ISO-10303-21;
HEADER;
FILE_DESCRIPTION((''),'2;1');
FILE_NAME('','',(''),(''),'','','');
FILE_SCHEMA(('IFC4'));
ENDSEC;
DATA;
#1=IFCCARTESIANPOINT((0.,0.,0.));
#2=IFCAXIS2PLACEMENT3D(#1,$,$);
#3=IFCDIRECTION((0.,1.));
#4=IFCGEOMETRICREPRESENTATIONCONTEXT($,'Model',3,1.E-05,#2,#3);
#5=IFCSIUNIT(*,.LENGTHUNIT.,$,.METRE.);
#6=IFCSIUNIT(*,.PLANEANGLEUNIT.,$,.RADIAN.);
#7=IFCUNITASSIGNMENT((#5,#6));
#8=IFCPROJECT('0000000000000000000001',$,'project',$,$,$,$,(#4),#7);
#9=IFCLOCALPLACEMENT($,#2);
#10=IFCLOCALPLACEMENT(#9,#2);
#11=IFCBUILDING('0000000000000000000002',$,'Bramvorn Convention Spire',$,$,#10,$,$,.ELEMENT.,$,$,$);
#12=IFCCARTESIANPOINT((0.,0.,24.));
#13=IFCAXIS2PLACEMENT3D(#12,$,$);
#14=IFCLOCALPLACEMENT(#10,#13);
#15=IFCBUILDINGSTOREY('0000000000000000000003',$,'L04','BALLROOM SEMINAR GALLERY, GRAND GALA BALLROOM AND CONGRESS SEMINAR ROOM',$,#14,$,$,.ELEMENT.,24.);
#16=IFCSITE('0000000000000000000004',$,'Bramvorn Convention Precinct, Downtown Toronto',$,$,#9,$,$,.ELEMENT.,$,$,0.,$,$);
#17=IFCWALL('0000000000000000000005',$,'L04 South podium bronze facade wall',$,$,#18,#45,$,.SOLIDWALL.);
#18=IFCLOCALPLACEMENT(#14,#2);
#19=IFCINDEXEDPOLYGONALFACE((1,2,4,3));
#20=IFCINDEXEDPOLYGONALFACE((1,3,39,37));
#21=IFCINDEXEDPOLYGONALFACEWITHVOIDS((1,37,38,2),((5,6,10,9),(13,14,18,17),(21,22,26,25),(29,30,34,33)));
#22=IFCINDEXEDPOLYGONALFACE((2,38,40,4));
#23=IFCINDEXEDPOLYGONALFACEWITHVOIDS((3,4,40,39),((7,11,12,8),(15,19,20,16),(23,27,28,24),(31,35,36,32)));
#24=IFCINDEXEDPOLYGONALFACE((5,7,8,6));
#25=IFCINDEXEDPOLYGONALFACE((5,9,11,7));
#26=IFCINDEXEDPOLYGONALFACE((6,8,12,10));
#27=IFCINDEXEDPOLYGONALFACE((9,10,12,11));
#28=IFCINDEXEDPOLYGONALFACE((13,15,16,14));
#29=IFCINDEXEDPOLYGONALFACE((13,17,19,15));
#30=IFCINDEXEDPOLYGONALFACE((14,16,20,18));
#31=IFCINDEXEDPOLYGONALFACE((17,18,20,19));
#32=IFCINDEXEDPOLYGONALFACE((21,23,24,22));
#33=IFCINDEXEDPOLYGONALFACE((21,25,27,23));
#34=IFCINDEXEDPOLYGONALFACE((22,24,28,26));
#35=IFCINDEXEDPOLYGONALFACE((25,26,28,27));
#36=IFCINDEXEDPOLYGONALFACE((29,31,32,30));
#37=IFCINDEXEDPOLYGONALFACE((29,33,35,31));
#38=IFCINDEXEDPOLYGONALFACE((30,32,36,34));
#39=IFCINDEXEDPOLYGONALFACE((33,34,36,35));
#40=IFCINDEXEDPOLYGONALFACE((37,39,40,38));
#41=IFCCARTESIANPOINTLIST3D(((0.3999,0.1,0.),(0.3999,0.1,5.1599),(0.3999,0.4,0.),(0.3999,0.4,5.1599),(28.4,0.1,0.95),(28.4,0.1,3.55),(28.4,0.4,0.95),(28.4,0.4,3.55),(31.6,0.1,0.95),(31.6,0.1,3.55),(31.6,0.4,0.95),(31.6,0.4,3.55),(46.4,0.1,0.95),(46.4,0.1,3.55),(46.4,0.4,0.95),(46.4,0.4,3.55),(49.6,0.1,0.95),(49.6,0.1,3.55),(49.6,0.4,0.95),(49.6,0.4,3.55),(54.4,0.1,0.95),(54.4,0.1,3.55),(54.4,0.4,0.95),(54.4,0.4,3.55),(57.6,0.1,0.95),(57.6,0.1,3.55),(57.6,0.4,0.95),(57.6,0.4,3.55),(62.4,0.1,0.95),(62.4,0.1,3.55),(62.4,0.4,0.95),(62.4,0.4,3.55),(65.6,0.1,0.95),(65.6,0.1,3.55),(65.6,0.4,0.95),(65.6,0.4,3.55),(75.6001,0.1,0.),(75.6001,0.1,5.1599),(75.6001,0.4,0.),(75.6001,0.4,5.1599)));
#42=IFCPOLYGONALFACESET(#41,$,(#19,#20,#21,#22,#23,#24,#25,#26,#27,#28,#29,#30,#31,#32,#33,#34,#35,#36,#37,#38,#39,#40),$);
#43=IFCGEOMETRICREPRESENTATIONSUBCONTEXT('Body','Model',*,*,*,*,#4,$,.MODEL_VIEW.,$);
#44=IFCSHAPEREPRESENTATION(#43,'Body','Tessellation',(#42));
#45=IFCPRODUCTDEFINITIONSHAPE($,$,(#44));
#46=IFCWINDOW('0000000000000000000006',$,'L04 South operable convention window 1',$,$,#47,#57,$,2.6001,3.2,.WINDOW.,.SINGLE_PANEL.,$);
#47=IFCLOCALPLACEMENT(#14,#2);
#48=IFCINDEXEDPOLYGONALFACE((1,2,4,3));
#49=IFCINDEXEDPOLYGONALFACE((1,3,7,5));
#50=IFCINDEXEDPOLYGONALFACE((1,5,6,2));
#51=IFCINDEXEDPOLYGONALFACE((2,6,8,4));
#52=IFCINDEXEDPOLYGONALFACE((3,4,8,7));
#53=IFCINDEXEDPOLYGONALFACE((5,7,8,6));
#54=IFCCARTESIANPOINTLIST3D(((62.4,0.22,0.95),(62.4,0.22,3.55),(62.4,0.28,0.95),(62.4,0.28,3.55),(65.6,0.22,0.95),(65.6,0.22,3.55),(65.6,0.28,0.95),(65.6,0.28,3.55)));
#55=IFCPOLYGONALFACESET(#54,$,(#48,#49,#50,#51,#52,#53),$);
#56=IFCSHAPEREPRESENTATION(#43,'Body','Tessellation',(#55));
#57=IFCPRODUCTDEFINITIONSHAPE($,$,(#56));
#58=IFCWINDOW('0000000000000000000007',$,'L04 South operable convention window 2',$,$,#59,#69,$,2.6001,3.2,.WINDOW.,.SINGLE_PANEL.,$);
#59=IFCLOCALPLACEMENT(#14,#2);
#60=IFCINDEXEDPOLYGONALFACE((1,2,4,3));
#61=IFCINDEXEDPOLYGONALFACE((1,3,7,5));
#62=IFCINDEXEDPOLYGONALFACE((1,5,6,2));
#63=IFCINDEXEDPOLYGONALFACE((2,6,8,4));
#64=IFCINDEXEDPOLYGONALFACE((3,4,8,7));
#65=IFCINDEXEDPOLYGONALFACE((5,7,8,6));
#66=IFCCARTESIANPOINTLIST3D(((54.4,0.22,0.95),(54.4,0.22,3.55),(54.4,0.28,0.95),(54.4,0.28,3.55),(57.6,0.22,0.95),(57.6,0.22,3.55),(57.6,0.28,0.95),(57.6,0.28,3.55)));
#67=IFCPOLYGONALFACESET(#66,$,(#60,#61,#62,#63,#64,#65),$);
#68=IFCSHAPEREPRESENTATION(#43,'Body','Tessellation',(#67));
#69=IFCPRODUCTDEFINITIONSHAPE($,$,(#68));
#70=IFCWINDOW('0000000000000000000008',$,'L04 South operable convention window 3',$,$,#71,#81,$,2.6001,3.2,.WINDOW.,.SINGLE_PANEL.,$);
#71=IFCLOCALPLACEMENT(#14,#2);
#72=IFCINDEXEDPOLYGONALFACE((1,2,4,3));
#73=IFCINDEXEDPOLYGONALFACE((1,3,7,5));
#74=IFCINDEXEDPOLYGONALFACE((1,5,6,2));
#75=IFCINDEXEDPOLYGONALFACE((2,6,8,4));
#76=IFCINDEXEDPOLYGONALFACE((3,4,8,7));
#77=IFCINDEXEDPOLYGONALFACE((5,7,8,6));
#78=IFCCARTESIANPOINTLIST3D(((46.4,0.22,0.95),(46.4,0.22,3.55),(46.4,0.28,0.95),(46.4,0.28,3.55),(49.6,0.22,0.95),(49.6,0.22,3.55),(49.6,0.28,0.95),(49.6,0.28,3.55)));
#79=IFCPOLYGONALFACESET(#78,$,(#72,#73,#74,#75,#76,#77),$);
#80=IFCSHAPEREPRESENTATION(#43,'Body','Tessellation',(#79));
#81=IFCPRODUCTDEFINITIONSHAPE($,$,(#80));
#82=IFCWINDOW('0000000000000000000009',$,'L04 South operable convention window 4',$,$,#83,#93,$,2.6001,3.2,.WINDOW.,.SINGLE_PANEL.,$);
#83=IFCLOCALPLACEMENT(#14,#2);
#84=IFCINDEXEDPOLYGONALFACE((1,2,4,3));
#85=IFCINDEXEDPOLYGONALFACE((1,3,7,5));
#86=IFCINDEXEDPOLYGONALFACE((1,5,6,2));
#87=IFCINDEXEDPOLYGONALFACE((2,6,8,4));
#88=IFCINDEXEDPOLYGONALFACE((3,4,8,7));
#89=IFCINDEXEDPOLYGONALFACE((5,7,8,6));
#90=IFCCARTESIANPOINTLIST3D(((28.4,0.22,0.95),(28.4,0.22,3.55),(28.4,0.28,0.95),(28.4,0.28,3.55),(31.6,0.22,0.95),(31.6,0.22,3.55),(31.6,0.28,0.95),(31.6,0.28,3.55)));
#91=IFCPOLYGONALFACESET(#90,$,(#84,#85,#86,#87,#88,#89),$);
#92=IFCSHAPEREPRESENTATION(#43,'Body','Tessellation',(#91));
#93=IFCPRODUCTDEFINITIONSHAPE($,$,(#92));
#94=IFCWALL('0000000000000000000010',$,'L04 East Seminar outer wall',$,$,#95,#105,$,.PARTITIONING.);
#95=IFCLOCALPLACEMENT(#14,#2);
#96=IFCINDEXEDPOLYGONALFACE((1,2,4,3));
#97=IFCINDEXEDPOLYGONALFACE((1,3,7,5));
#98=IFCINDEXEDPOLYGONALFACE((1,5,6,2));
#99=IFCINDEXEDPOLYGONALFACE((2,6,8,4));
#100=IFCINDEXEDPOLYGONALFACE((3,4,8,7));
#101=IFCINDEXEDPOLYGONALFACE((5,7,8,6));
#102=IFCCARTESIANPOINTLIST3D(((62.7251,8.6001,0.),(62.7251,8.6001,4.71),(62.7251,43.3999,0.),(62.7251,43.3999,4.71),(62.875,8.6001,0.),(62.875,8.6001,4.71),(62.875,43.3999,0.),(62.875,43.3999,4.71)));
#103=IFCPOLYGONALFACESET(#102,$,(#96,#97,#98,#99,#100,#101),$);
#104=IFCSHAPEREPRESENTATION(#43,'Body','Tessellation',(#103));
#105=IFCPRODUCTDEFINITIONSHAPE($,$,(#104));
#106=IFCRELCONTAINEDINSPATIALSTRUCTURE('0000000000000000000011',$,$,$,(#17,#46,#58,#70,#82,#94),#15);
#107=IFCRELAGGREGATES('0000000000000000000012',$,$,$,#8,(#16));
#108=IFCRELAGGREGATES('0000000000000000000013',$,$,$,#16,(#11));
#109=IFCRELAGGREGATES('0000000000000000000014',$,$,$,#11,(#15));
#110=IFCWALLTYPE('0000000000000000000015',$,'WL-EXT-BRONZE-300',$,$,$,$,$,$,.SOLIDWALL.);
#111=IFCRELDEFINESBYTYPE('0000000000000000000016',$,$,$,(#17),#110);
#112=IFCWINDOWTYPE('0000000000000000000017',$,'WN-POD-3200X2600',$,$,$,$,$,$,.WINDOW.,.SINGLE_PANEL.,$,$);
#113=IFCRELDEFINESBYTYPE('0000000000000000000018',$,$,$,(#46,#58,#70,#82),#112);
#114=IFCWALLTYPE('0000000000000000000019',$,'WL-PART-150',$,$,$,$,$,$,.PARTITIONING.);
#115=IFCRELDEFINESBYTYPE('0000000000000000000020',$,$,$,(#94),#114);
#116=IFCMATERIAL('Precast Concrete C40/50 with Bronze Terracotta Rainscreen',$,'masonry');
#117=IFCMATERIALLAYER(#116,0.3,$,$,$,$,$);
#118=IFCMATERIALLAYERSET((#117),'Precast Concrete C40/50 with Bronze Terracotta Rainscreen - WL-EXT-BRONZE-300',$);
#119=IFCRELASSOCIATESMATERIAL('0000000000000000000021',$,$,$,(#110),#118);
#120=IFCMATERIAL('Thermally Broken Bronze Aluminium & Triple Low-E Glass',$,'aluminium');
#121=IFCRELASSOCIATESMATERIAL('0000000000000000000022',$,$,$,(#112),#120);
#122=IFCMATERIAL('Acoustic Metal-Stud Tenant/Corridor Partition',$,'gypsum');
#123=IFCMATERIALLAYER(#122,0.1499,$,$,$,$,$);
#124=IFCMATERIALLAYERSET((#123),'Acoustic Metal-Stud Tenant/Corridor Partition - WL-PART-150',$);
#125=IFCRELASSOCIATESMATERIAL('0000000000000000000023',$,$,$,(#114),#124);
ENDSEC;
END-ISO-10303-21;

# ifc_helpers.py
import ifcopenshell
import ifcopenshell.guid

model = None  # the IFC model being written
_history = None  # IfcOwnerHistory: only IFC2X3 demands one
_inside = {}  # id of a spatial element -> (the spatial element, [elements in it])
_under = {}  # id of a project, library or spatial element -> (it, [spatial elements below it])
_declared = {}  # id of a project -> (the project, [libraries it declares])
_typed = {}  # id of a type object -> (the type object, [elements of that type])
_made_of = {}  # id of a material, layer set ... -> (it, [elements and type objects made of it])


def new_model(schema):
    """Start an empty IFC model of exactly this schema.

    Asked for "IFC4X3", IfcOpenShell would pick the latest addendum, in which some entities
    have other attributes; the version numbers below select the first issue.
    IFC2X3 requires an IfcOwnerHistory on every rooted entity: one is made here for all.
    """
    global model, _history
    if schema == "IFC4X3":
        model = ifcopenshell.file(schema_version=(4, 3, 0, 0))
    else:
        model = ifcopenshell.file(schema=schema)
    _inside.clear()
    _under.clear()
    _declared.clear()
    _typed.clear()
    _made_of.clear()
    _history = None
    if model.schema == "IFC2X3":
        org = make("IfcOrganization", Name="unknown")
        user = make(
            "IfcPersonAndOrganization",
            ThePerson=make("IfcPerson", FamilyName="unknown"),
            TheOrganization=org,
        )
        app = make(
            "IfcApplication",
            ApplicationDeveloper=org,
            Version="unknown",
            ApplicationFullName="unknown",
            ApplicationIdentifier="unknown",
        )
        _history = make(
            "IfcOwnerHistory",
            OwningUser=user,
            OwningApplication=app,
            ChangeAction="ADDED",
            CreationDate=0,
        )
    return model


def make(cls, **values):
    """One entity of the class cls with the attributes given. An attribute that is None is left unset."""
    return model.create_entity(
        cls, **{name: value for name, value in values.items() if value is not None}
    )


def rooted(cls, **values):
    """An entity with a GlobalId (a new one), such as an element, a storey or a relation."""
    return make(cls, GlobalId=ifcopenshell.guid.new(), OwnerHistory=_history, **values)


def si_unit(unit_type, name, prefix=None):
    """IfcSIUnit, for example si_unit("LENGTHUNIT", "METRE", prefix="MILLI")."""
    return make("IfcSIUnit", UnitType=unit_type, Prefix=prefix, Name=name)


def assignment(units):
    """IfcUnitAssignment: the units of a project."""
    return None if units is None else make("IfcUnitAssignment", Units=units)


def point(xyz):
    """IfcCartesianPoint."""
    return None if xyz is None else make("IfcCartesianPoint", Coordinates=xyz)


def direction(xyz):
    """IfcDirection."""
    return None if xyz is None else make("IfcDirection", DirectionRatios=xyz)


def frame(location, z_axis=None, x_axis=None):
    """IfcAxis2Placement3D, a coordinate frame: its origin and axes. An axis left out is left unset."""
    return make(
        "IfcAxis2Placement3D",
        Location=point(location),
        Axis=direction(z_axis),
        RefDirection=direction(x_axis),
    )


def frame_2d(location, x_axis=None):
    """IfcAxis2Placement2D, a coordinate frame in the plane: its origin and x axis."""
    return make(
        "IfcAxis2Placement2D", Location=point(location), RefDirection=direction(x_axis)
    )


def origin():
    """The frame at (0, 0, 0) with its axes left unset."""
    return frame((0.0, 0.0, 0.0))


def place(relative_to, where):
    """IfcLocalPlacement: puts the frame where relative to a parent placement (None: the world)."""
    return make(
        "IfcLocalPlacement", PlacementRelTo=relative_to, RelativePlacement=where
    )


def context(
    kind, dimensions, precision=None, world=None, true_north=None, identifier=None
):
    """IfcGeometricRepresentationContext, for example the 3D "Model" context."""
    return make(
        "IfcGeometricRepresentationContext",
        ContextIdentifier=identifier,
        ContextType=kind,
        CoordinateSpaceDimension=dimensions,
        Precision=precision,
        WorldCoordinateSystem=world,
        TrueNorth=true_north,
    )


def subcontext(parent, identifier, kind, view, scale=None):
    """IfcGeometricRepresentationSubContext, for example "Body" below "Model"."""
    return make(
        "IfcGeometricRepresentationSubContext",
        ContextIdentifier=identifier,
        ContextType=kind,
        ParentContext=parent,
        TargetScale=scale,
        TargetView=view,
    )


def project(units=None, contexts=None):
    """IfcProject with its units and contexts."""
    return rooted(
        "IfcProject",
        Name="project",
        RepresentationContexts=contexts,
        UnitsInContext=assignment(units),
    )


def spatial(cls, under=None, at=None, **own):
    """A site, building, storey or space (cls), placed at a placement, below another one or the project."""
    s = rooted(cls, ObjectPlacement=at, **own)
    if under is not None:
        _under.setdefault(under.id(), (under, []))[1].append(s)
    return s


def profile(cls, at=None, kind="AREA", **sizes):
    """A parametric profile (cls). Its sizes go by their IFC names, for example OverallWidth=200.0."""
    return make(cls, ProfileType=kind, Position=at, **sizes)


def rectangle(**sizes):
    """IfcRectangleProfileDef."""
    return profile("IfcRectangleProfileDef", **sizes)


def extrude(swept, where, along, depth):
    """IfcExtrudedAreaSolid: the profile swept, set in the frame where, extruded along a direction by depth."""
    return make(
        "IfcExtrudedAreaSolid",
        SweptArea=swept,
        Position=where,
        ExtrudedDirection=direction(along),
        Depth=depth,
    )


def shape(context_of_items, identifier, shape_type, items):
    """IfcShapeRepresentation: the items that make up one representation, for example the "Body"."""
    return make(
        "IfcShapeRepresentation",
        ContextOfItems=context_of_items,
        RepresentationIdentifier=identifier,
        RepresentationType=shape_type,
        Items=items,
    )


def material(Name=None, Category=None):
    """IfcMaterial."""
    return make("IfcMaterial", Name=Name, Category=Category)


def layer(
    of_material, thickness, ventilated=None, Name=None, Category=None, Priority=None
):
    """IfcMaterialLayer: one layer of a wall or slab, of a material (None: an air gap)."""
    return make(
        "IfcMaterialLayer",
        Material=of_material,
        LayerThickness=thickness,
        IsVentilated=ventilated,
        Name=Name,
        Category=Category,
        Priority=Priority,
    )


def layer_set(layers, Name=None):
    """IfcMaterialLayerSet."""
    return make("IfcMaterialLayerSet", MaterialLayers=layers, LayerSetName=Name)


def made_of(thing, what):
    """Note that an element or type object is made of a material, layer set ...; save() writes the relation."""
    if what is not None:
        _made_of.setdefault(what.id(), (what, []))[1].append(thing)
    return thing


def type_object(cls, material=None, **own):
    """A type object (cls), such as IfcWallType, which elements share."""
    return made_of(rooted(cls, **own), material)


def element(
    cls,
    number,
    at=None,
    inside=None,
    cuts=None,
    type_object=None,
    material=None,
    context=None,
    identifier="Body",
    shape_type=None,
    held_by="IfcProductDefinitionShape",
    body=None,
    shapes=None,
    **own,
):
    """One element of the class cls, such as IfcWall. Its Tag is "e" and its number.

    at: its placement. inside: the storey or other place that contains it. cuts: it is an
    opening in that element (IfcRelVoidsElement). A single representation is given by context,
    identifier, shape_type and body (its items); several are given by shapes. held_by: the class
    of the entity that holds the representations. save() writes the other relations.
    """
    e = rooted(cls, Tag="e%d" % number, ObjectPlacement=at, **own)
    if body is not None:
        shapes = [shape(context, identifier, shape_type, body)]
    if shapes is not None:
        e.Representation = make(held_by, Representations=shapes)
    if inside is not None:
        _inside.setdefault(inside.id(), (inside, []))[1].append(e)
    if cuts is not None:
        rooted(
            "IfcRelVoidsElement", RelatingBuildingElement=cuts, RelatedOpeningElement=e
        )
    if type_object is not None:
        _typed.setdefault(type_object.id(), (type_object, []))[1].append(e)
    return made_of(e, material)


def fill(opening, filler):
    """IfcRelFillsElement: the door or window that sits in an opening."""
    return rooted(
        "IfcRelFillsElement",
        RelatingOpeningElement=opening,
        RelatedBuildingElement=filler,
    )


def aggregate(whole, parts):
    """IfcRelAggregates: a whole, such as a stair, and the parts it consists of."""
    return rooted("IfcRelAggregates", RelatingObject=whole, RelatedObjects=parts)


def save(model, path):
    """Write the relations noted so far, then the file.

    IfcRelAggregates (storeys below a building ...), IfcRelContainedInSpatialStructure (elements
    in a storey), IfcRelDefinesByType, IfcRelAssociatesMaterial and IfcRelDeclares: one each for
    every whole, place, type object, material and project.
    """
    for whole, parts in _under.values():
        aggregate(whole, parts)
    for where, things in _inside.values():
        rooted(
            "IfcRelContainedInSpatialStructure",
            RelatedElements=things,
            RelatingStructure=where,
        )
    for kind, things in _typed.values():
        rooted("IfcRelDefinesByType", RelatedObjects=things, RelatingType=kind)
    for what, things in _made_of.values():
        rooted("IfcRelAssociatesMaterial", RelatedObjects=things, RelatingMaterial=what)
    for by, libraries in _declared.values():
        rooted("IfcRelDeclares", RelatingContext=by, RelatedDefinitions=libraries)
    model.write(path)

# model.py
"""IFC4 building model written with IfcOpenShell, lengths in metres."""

from ifc_helpers import new_model, si_unit, direction, frame, frame_2d, origin, place, context, subcontext, project, spatial, rectangle, extrude, material, layer, layer_set, type_object, element, fill, save


model = new_model("IFC4")

# Units and contexts
model_context = context("Model", 3, precision=1e-05, world=origin(), true_north=direction((0.0, 1.0)))
body_context = subcontext(model_context, "Body", "Model", "MODEL_VIEW")
ifc_project = project(units=[si_unit("LENGTHUNIT", "METRE"), si_unit("PLANEANGLEUNIT", "RADIAN")], contexts=[model_context])

# Site, building, storey
site_placement = place(None, origin())
site = spatial("IfcSite", under=ifc_project, at=site_placement, Name="Bramvorn Convention Precinct, Downtown Toronto", CompositionType="ELEMENT", RefElevation=0.0)
building_placement = place(site_placement, origin())
building = spatial("IfcBuilding", under=site, at=building_placement, Name="Bramvorn Convention Spire", CompositionType="ELEMENT")
storey_placement = place(building_placement, frame((0.0, 0.0, 24.0)))
storey = spatial("IfcBuildingStorey", under=building, at=storey_placement, Name="L04", Description="BALLROOM SEMINAR GALLERY, GRAND GALA BALLROOM AND CONGRESS SEMINAR ROOM", CompositionType="ELEMENT", Elevation=24.0)

# Wall, openings, windows
ifc_material_1 = material(Name="Precast Concrete C40/50 with Bronze Terracotta Rainscreen", Category="masonry")
ifc_layer_1 = layer(ifc_material_1, 0.3)
ifc_layer_set_1 = layer_set([ifc_layer_1], Name="Precast Concrete C40/50 with Bronze Terracotta Rainscreen - WL-EXT-BRONZE-300")
wall_type_1 = type_object("IfcWallType", Name="WL-EXT-BRONZE-300", PredefinedType="SOLIDWALL", material=ifc_layer_set_1)
wall_1_placement = place(storey_placement, frame((75.6001, 0.25, 0.0), z_axis=(0.0, 0.0, 1.0), x_axis=(-1.0, 0.0, 0.0)))
wall_1 = element("IfcWall", 1, at=wall_1_placement, inside=storey, type_object=wall_type_1, Name="L04 South podium bronze facade wall", PredefinedType="SOLIDWALL", context=body_context, shape_type="SweptSolid", body=[
    extrude(rectangle(XDim=75.2002, YDim=0.3, at=frame_2d((37.6001, 0.0))), origin(), (0.0, 0.0, 1.0), 5.1599),
])
opening_1_placement = place(wall_1_placement, frame((10.0, 0.0, 0.95)))
opening_1 = element("IfcOpeningElement", 2, at=opening_1_placement, cuts=wall_1, PredefinedType="OPENING", context=body_context, shape_type="SweptSolid", body=[
    extrude(rectangle(XDim=3.2, YDim=2.6001, at=frame_2d((1.6001, 1.3))), frame((0.0, 0.1599, 0.0), z_axis=(0.0, -1.0, 0.0), x_axis=(1.0, 0.0, 0.0)), (0.0, 0.0, 1.0), 0.3201),
])
opening_2_placement = place(wall_1_placement, frame((18.0, 0.0, 0.95)))
opening_2 = element("IfcOpeningElement", 3, at=opening_2_placement, cuts=wall_1, PredefinedType="OPENING", context=body_context, shape_type="SweptSolid", body=[
    extrude(rectangle(XDim=3.2, YDim=2.6001, at=frame_2d((1.6001, 1.3))), frame((0.0, 0.1599, 0.0), z_axis=(0.0, -1.0, 0.0), x_axis=(1.0, 0.0, 0.0)), (0.0, 0.0, 1.0), 0.3201),
])
opening_3_placement = place(wall_1_placement, frame((26.0, 0.0, 0.95)))
opening_3 = element("IfcOpeningElement", 4, at=opening_3_placement, cuts=wall_1, PredefinedType="OPENING", context=body_context, shape_type="SweptSolid", body=[
    extrude(rectangle(XDim=3.2, YDim=2.6001, at=frame_2d((1.6001, 1.3))), frame((0.0, 0.1599, 0.0), z_axis=(0.0, -1.0, 0.0), x_axis=(1.0, 0.0, 0.0)), (0.0, 0.0, 1.0), 0.3201),
])
opening_4_placement = place(wall_1_placement, frame((44.0, 0.0, 0.95)))
opening_4 = element("IfcOpeningElement", 5, at=opening_4_placement, cuts=wall_1, PredefinedType="OPENING", context=body_context, shape_type="SweptSolid", body=[
    extrude(rectangle(XDim=3.2, YDim=2.6001, at=frame_2d((1.6001, 1.3))), frame((0.0, 0.1599, 0.0), z_axis=(0.0, -1.0, 0.0), x_axis=(1.0, 0.0, 0.0)), (0.0, 0.0, 1.0), 0.3201),
])
ifc_material_2 = material(Name="Thermally Broken Bronze Aluminium & Triple Low-E Glass", Category="aluminium")
window_type = type_object("IfcWindowType", Name="WN-POD-3200X2600", PartitioningType="SINGLE_PANEL", PredefinedType="WINDOW", material=ifc_material_2)
window_1_placement = place(opening_1_placement, origin())
window_1 = element("IfcWindow", 6, at=window_1_placement, inside=storey, type_object=window_type, Name="L04 South operable convention window 1", OverallHeight=2.6001, OverallWidth=3.2, PartitioningType="SINGLE_PANEL", PredefinedType="WINDOW", context=body_context, shape_type="SweptSolid", body=[
    extrude(rectangle(XDim=3.2, YDim=2.6001, at=frame_2d((1.6001, 1.3))), frame((0.0, 0.03, 0.0), z_axis=(0.0, -1.0, 0.0), x_axis=(1.0, 0.0, 0.0)), (0.0, 0.0, 1.0), 0.0601),
])
fill(opening_1, window_1)
window_2_placement = place(opening_2_placement, origin())
window_2 = element("IfcWindow", 7, at=window_2_placement, inside=storey, type_object=window_type, Name="L04 South operable convention window 2", OverallHeight=2.6001, OverallWidth=3.2, PartitioningType="SINGLE_PANEL", PredefinedType="WINDOW", context=body_context, shape_type="SweptSolid", body=[
    extrude(rectangle(XDim=3.2, YDim=2.6001, at=frame_2d((1.6001, 1.3))), frame((0.0, 0.03, 0.0), z_axis=(0.0, -1.0, 0.0), x_axis=(1.0, 0.0, 0.0)), (0.0, 0.0, 1.0), 0.0601),
])
fill(opening_2, window_2)
window_3_placement = place(opening_3_placement, origin())
window_3 = element("IfcWindow", 8, at=window_3_placement, inside=storey, type_object=window_type, Name="L04 South operable convention window 3", OverallHeight=2.6001, OverallWidth=3.2, PartitioningType="SINGLE_PANEL", PredefinedType="WINDOW", context=body_context, shape_type="SweptSolid", body=[
    extrude(rectangle(XDim=3.2, YDim=2.6001, at=frame_2d((1.6001, 1.3))), frame((0.0, 0.03, 0.0), z_axis=(0.0, -1.0, 0.0), x_axis=(1.0, 0.0, 0.0)), (0.0, 0.0, 1.0), 0.0601),
])
fill(opening_3, window_3)
window_4_placement = place(opening_4_placement, origin())
window_4 = element("IfcWindow", 9, at=window_4_placement, inside=storey, type_object=window_type, Name="L04 South operable convention window 4", OverallHeight=2.6001, OverallWidth=3.2, PartitioningType="SINGLE_PANEL", PredefinedType="WINDOW", context=body_context, shape_type="SweptSolid", body=[
    extrude(rectangle(XDim=3.2, YDim=2.6001, at=frame_2d((1.6001, 1.3))), frame((0.0, 0.03, 0.0), z_axis=(0.0, -1.0, 0.0), x_axis=(1.0, 0.0, 0.0)), (0.0, 0.0, 1.0), 0.0601),
])
fill(opening_4, window_4)

# Wall
ifc_material_3 = material(Name="Acoustic Metal-Stud Tenant/Corridor Partition", Category="gypsum")
ifc_layer_2 = layer(ifc_material_3, 0.1499)
ifc_layer_set_2 = layer_set([ifc_layer_2], Name="Acoustic Metal-Stud Tenant/Corridor Partition - WL-PART-150")
wall_type_2 = type_object("IfcWallType", Name="WL-PART-150", PredefinedType="PARTITIONING", material=ifc_layer_set_2)
wall_2_placement = place(storey_placement, frame((62.8, 8.6001, 0.0), z_axis=(0.0, 0.0, 1.0), x_axis=(0.0, 1.0, 0.0)))
element("IfcWall", 10, at=wall_2_placement, inside=storey, type_object=wall_type_2, Name="L04 East Seminar outer wall", PredefinedType="PARTITIONING", context=body_context, shape_type="SweptSolid", body=[
    extrude(rectangle(XDim=34.7998, YDim=0.1499, at=frame_2d((17.3999, 0.0))), origin(), (0.0, 0.0, 1.0), 4.71),
])

save(model, "model.ifc")
